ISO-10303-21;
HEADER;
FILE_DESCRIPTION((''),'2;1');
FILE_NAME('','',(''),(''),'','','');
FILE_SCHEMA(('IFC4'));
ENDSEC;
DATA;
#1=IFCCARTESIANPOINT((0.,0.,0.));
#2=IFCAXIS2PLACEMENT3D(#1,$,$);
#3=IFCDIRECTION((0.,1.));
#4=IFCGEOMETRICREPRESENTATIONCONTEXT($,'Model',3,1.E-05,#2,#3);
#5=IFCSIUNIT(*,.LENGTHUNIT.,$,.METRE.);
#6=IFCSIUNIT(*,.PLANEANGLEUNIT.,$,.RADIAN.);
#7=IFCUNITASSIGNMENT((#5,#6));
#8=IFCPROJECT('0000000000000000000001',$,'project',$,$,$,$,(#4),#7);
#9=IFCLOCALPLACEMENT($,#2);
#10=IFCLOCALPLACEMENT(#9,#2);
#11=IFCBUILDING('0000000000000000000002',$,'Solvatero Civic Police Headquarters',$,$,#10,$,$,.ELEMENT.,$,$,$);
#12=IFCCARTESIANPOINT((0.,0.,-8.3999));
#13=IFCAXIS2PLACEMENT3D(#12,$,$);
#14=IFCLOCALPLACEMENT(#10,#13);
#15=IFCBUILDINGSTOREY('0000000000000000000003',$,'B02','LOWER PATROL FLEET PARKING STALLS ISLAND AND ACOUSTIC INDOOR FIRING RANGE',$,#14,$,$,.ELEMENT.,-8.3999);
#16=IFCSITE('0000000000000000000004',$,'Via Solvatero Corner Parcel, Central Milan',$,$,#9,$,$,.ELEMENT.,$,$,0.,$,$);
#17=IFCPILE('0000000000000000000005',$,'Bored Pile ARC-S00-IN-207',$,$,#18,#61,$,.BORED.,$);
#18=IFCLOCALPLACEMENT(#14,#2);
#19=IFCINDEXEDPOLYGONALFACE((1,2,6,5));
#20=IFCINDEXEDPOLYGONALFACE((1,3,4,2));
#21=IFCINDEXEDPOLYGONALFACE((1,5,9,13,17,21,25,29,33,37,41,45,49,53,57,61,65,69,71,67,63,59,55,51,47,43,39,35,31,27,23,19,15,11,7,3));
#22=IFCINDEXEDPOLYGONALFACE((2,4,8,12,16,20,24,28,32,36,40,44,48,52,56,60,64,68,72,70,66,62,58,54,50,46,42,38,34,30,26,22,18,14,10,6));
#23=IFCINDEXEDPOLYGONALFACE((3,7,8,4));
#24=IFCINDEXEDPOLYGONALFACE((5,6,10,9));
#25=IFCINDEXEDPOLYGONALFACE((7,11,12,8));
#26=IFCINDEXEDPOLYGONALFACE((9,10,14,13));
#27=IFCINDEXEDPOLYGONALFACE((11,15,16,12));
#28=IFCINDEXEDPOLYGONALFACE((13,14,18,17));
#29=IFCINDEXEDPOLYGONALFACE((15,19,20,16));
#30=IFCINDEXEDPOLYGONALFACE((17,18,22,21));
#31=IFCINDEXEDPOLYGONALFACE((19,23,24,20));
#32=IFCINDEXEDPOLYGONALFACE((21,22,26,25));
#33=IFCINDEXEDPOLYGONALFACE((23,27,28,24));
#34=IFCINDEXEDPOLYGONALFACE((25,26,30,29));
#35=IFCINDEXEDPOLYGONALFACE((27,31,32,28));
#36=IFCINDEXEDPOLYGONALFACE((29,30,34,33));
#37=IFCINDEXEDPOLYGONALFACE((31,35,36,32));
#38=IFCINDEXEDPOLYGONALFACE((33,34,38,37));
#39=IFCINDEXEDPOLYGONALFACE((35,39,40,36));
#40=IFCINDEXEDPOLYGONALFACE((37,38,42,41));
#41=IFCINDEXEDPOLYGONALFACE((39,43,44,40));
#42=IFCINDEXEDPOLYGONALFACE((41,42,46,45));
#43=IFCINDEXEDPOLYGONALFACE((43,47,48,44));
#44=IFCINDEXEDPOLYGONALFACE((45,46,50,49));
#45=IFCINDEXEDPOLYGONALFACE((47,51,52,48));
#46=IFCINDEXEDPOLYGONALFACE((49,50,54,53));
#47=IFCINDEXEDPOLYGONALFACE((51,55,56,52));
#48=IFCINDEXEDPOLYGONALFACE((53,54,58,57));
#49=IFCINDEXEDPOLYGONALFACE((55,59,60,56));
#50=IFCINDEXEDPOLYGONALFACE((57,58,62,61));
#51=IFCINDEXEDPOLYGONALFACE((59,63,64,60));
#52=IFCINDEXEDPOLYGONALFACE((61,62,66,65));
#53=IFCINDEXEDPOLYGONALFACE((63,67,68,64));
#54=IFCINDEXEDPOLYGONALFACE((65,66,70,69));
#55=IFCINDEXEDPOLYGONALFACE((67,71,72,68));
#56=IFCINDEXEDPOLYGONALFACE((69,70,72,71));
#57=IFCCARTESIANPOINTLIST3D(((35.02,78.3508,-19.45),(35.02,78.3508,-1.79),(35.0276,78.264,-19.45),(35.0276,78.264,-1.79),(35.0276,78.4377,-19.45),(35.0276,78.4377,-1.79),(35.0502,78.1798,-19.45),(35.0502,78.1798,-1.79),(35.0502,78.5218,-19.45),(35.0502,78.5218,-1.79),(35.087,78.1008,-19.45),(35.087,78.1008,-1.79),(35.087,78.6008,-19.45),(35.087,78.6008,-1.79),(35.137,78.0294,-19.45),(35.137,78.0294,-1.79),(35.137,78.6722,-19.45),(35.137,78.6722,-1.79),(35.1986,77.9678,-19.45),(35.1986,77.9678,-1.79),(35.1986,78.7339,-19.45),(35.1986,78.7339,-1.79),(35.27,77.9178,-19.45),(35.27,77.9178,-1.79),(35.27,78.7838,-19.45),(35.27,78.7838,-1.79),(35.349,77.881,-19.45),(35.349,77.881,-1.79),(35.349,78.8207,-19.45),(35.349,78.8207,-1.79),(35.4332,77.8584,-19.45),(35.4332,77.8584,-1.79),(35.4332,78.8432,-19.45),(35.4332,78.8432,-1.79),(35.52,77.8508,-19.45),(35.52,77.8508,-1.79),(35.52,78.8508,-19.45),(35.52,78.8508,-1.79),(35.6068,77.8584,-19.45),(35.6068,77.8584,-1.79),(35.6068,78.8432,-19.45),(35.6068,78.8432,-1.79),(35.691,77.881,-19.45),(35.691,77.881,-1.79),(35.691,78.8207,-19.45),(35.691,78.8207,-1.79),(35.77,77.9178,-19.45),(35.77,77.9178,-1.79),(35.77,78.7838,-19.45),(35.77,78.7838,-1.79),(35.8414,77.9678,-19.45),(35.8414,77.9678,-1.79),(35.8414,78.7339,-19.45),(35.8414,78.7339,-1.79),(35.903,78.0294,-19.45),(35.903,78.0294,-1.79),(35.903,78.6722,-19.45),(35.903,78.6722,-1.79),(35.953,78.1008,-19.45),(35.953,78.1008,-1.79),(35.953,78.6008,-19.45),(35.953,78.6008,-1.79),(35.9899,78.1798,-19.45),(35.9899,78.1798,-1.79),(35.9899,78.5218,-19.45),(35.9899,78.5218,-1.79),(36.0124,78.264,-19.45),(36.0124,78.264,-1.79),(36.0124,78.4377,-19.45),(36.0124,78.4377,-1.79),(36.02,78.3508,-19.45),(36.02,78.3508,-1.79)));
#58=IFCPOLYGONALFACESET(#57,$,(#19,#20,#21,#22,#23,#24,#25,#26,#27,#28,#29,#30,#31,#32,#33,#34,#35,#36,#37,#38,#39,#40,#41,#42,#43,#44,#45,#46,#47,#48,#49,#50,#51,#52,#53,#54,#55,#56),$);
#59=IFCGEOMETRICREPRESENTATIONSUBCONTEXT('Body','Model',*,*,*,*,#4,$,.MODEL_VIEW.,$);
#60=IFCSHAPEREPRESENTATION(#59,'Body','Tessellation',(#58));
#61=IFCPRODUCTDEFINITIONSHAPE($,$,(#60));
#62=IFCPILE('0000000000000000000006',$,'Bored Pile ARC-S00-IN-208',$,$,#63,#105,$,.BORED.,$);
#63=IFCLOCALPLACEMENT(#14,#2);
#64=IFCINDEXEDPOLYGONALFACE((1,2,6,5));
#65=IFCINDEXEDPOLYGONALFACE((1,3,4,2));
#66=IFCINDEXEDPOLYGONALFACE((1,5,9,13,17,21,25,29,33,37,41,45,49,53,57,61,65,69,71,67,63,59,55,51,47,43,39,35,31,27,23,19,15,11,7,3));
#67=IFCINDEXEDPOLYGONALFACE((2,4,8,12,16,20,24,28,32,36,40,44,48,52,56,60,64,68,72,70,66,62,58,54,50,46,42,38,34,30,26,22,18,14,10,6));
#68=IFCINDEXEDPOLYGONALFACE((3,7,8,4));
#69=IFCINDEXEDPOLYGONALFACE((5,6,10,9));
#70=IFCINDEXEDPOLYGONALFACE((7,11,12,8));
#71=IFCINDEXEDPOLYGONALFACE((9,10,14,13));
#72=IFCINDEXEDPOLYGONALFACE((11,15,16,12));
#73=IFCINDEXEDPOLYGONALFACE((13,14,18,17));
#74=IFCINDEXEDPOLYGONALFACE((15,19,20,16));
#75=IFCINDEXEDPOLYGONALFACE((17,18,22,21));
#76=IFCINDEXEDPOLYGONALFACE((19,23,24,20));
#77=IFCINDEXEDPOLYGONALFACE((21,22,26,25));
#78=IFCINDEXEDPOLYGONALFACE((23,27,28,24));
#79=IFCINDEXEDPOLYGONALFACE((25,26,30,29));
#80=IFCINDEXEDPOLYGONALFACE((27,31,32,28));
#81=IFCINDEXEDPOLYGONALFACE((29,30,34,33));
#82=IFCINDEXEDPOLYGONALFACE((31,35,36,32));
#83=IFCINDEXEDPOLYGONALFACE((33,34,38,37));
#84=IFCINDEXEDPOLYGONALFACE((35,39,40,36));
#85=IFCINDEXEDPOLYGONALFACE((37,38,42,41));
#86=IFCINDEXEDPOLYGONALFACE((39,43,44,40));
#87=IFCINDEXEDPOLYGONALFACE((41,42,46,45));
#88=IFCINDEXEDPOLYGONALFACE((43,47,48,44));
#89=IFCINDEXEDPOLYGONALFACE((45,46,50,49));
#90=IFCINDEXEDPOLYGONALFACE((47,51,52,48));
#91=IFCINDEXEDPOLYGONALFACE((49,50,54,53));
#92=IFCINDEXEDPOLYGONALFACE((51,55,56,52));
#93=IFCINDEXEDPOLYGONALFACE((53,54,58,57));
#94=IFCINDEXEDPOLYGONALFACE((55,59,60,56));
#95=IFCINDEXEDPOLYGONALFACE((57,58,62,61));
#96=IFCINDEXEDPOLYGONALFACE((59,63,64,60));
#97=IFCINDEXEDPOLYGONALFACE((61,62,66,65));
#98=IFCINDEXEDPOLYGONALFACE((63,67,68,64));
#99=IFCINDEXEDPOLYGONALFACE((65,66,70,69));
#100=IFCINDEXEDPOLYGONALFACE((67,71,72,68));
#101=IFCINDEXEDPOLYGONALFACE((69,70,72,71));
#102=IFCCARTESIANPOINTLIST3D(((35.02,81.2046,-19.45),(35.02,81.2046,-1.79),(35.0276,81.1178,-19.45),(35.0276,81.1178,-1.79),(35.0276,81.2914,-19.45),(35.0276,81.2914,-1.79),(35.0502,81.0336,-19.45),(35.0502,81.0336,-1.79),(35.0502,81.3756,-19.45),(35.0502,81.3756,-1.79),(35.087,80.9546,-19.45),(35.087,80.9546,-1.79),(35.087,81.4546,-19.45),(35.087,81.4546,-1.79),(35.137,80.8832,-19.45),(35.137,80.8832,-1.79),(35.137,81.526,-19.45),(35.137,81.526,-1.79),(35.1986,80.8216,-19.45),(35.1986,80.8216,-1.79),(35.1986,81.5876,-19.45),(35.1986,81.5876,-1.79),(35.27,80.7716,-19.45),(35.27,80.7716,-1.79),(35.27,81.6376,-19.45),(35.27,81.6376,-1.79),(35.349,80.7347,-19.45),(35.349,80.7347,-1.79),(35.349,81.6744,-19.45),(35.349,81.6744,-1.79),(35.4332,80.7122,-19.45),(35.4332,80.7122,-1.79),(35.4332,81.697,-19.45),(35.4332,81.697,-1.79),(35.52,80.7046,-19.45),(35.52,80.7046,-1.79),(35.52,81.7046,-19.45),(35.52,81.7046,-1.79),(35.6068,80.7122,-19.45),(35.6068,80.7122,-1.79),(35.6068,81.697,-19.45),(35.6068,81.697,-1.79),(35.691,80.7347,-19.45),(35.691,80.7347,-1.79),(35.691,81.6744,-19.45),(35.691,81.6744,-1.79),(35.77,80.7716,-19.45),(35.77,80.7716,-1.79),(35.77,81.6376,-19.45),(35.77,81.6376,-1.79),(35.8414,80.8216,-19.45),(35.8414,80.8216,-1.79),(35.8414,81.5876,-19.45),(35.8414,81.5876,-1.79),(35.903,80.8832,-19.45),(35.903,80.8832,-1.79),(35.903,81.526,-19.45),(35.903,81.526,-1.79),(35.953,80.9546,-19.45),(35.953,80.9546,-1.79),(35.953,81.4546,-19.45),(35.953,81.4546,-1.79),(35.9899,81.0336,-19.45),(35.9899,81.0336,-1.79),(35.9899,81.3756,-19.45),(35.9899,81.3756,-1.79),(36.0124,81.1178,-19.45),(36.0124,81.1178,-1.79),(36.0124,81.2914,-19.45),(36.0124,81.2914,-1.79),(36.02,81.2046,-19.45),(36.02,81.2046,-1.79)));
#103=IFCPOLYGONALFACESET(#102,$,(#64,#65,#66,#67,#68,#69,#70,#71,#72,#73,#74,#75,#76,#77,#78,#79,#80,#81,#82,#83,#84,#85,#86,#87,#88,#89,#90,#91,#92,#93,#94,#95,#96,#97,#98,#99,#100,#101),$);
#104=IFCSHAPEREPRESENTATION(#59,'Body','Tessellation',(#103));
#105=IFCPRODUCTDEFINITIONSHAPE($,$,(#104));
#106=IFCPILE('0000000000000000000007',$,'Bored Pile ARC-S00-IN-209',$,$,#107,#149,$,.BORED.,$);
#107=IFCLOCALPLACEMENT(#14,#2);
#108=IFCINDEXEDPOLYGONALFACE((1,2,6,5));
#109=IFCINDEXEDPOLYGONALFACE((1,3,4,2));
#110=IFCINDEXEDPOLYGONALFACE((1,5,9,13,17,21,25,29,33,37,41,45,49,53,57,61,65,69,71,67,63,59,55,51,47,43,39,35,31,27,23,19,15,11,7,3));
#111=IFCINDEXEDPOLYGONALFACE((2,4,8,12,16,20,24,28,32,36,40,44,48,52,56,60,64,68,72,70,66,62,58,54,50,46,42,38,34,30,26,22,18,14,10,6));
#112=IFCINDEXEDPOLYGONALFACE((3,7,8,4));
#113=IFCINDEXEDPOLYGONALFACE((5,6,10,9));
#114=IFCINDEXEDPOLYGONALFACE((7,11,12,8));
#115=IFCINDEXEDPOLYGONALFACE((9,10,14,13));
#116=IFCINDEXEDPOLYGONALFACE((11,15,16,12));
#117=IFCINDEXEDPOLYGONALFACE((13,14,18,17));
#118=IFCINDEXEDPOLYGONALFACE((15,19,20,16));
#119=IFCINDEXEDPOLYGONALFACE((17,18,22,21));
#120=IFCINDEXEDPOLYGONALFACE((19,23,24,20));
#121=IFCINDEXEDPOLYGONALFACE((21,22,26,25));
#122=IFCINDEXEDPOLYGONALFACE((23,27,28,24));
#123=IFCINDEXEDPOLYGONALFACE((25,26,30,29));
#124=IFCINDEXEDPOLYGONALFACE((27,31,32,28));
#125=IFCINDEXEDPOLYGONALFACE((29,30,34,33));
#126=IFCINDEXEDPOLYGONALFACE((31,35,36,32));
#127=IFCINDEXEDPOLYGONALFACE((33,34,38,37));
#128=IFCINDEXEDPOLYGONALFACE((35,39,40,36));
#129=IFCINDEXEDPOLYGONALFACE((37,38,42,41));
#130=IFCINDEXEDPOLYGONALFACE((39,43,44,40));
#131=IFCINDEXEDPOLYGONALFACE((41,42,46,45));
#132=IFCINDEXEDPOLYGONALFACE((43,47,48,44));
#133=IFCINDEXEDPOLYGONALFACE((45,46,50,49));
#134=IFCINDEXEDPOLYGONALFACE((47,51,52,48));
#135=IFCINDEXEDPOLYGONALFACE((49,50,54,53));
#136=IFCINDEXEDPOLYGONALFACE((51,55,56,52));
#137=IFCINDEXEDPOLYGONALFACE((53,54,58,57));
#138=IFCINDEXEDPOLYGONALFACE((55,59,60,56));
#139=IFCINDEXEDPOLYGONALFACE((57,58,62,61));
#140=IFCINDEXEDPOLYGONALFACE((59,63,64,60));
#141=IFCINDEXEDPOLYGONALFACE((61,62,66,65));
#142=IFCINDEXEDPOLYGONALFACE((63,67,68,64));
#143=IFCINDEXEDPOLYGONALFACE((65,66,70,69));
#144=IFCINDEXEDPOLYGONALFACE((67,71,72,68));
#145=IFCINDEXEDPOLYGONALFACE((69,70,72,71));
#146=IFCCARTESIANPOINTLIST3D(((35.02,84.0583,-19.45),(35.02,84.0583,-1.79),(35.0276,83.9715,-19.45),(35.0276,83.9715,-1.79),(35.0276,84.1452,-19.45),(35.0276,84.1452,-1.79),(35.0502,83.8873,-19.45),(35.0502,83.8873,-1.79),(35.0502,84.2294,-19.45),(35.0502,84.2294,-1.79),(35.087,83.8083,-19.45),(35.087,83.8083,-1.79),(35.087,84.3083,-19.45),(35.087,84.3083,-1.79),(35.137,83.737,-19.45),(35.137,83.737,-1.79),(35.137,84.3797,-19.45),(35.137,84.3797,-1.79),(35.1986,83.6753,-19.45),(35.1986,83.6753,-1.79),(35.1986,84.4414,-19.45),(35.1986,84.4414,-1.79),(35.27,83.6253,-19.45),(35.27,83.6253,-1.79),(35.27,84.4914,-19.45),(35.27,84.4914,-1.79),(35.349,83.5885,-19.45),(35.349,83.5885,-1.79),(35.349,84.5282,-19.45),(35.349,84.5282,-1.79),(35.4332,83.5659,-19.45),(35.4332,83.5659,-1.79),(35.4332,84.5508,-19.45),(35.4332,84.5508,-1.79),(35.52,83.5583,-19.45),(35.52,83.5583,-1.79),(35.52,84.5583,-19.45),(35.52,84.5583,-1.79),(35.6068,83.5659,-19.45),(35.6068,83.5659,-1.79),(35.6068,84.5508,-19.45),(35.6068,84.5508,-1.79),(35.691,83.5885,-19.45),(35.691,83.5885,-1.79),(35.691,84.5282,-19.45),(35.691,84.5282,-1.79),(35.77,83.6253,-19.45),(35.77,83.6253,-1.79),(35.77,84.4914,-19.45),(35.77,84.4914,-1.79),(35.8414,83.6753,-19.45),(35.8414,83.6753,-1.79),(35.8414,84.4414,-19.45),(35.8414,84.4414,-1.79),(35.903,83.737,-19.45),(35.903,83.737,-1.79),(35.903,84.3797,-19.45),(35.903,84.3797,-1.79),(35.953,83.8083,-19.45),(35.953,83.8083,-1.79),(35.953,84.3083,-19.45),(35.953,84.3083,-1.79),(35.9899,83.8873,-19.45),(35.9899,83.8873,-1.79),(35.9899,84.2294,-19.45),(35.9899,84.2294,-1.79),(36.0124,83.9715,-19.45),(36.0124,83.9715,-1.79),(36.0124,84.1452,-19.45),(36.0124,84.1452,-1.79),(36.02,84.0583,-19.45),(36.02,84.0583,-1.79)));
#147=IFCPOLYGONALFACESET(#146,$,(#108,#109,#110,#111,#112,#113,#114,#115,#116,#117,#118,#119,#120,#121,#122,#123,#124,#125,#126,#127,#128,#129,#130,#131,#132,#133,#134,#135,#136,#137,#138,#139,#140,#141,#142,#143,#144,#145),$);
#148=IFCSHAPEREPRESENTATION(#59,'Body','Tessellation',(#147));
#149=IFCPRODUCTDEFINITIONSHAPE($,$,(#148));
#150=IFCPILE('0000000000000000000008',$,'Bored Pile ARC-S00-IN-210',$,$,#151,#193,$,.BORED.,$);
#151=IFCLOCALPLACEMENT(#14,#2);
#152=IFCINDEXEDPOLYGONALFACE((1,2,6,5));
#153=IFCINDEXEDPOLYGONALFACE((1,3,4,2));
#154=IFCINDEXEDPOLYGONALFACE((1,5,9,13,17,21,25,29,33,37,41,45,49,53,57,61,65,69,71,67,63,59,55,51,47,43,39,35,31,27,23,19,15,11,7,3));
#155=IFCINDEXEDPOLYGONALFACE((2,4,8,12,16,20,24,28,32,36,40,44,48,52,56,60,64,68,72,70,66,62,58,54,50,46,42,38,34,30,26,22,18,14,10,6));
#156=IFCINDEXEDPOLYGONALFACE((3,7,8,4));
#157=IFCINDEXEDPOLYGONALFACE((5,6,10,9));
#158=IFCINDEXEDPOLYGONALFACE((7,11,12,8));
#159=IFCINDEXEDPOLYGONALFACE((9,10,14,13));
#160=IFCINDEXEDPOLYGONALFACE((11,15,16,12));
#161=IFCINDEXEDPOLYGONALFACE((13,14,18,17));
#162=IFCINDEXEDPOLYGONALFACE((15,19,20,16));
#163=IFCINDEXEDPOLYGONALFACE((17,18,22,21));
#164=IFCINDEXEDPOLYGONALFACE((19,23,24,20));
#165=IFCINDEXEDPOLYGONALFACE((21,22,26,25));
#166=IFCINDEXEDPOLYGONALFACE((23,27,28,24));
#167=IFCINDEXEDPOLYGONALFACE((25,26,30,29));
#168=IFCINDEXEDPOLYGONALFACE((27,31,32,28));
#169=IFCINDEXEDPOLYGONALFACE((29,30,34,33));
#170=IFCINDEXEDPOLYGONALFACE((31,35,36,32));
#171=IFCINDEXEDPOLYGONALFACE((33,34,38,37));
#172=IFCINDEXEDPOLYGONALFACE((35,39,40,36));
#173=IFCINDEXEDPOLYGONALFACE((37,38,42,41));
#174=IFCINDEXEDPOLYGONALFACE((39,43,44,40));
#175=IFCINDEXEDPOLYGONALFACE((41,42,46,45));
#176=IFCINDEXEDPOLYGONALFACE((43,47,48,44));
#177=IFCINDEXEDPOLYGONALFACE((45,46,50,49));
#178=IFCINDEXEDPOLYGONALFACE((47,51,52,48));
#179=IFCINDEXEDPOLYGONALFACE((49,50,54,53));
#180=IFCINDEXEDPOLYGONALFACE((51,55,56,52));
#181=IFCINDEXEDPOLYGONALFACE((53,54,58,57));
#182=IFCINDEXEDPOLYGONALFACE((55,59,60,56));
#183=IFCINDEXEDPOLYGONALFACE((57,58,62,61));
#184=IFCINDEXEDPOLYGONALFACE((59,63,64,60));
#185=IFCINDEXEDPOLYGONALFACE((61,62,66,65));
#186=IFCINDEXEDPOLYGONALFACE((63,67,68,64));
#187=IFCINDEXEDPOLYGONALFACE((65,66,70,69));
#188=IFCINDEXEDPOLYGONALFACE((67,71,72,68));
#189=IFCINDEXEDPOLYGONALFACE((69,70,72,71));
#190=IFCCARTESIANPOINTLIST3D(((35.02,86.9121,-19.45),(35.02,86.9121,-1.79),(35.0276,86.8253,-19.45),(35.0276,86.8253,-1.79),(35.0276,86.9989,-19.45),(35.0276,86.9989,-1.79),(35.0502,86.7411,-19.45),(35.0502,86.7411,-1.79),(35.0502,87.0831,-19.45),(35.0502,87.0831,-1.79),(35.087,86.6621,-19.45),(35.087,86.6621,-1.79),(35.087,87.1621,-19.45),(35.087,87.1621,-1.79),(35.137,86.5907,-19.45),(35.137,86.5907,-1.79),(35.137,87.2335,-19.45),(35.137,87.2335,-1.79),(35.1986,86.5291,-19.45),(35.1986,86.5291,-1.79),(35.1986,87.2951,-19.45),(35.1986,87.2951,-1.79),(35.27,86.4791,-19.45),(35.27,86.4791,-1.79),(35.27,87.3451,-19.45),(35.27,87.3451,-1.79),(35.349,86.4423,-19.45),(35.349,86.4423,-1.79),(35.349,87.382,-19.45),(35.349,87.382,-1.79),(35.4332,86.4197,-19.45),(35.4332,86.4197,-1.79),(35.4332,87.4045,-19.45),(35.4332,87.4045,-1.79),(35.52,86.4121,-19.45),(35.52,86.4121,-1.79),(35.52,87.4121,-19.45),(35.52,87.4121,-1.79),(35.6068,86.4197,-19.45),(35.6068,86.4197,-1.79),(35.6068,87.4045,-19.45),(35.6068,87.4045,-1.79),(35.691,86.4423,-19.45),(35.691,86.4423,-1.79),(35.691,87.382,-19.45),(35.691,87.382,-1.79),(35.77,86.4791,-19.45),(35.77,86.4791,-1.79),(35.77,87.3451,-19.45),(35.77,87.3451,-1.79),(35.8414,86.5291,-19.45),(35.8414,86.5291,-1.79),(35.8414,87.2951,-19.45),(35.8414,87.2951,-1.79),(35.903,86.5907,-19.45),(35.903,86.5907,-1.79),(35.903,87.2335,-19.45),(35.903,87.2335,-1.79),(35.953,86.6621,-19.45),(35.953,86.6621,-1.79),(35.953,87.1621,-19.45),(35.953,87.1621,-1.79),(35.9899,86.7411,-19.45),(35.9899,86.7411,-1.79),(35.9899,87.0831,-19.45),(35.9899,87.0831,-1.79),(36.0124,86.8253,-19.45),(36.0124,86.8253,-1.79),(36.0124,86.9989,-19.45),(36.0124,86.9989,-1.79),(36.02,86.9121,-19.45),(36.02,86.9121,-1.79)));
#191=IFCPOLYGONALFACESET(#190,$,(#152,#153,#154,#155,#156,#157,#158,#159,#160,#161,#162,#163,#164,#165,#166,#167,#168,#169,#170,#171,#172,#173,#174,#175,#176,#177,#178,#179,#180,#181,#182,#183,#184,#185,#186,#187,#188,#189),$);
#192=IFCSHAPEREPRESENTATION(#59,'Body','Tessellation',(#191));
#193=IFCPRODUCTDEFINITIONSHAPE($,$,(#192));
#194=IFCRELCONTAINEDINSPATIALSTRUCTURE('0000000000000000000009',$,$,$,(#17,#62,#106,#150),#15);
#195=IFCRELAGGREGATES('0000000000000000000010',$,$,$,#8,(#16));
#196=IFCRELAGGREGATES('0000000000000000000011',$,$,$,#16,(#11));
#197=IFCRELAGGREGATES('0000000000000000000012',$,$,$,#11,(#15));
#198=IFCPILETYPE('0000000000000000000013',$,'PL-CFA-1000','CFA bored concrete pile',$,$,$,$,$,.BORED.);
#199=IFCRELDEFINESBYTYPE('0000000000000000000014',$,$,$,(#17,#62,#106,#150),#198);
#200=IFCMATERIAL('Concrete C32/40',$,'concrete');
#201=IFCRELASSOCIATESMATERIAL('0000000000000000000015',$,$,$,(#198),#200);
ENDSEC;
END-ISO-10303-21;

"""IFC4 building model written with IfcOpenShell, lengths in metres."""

from ifc_helpers import new_model, si_unit, direction, frame, origin, origin_2d, place, context, subcontext, project, spatial, circle, extrude, material, material_profile, profile_set, type_object, element, save


model = new_model("IFC4")

# Units and contexts
model_context = context("Model", 3, precision=1e-05, world=origin(), true_north=direction((0.0, 1.0)))
body_context = subcontext(model_context, "Body", "Model", "MODEL_VIEW")
ifc_project = project(units=[si_unit("LENGTHUNIT", "METRE"), si_unit("PLANEANGLEUNIT", "RADIAN")], contexts=[model_context])

# Site, building, storey
site_placement = place(None, origin())
site = spatial("IfcSite", under=ifc_project, at=site_placement, Name="Via Solvatero Corner Parcel, Central Milan", CompositionType="ELEMENT", RefElevation=0.0)
building_placement = place(site_placement, origin())
building = spatial("IfcBuilding", under=site, at=building_placement, Name="Solvatero Civic Police Headquarters", CompositionType="ELEMENT")
storey_placement = place(building_placement, frame((0.0, 0.0, -8.3999)))
storey = spatial("IfcBuildingStorey", under=building, at=storey_placement, Name="B02", Description="LOWER PATROL FLEET PARKING STALLS ISLAND AND ACOUSTIC INDOOR FIRING RANGE", CompositionType="ELEMENT", Elevation=-8.3999)

# Piles
ifc_material_1 = material(Name="Concrete C32/40", Category="concrete")
ifc_material_profile_1 = material_profile(ifc_material_1, circle(Radius=0.5, at=origin_2d()), Name="CFA PILE D1000")
ifc_profile_set_1 = profile_set([ifc_material_profile_1], Name="Concrete C32/40")
pile_type_1 = type_object("IfcPileType", Name="PL-CFA-1000", Description="CFA bored concrete pile", PredefinedType="BORED", material=ifc_profile_set_1)
for number, where, z_axis, x_axis, name in (
    (1, (35.52, 78.3508, -1.79), (0.0, 0.0, -1.0), (1.0, 0.0, 0.0), "Bored Pile ARC-S00-IN-207"),
    (2, (35.52, 81.2046, -1.79), (0.0, 0.0, -1.0), (1.0, 0.0, 0.0), "Bored Pile ARC-S00-IN-208"),
    (3, (35.52, 84.0583, -1.79), (0.0, 0.0, -1.0), (1.0, 0.0, 0.0), "Bored Pile ARC-S00-IN-209"),
    (4, (35.52, 86.9121, -1.79), (0.0, 0.0, -1.0), (1.0, 0.0, 0.0), "Bored Pile ARC-S00-IN-210"),
):
    element("IfcPile", number, at=place(storey_placement, frame(where, z_axis=z_axis, x_axis=x_axis)), inside=storey, type_object=pile_type_1, Name=name, PredefinedType="BORED", context=body_context, shape_type="SweptSolid", body=[
        extrude(circle(Radius=0.5, at=origin_2d()), origin(), (0.0, 0.0, 1.0), 17.6599),
    ])

save(model, "model.ifc")
